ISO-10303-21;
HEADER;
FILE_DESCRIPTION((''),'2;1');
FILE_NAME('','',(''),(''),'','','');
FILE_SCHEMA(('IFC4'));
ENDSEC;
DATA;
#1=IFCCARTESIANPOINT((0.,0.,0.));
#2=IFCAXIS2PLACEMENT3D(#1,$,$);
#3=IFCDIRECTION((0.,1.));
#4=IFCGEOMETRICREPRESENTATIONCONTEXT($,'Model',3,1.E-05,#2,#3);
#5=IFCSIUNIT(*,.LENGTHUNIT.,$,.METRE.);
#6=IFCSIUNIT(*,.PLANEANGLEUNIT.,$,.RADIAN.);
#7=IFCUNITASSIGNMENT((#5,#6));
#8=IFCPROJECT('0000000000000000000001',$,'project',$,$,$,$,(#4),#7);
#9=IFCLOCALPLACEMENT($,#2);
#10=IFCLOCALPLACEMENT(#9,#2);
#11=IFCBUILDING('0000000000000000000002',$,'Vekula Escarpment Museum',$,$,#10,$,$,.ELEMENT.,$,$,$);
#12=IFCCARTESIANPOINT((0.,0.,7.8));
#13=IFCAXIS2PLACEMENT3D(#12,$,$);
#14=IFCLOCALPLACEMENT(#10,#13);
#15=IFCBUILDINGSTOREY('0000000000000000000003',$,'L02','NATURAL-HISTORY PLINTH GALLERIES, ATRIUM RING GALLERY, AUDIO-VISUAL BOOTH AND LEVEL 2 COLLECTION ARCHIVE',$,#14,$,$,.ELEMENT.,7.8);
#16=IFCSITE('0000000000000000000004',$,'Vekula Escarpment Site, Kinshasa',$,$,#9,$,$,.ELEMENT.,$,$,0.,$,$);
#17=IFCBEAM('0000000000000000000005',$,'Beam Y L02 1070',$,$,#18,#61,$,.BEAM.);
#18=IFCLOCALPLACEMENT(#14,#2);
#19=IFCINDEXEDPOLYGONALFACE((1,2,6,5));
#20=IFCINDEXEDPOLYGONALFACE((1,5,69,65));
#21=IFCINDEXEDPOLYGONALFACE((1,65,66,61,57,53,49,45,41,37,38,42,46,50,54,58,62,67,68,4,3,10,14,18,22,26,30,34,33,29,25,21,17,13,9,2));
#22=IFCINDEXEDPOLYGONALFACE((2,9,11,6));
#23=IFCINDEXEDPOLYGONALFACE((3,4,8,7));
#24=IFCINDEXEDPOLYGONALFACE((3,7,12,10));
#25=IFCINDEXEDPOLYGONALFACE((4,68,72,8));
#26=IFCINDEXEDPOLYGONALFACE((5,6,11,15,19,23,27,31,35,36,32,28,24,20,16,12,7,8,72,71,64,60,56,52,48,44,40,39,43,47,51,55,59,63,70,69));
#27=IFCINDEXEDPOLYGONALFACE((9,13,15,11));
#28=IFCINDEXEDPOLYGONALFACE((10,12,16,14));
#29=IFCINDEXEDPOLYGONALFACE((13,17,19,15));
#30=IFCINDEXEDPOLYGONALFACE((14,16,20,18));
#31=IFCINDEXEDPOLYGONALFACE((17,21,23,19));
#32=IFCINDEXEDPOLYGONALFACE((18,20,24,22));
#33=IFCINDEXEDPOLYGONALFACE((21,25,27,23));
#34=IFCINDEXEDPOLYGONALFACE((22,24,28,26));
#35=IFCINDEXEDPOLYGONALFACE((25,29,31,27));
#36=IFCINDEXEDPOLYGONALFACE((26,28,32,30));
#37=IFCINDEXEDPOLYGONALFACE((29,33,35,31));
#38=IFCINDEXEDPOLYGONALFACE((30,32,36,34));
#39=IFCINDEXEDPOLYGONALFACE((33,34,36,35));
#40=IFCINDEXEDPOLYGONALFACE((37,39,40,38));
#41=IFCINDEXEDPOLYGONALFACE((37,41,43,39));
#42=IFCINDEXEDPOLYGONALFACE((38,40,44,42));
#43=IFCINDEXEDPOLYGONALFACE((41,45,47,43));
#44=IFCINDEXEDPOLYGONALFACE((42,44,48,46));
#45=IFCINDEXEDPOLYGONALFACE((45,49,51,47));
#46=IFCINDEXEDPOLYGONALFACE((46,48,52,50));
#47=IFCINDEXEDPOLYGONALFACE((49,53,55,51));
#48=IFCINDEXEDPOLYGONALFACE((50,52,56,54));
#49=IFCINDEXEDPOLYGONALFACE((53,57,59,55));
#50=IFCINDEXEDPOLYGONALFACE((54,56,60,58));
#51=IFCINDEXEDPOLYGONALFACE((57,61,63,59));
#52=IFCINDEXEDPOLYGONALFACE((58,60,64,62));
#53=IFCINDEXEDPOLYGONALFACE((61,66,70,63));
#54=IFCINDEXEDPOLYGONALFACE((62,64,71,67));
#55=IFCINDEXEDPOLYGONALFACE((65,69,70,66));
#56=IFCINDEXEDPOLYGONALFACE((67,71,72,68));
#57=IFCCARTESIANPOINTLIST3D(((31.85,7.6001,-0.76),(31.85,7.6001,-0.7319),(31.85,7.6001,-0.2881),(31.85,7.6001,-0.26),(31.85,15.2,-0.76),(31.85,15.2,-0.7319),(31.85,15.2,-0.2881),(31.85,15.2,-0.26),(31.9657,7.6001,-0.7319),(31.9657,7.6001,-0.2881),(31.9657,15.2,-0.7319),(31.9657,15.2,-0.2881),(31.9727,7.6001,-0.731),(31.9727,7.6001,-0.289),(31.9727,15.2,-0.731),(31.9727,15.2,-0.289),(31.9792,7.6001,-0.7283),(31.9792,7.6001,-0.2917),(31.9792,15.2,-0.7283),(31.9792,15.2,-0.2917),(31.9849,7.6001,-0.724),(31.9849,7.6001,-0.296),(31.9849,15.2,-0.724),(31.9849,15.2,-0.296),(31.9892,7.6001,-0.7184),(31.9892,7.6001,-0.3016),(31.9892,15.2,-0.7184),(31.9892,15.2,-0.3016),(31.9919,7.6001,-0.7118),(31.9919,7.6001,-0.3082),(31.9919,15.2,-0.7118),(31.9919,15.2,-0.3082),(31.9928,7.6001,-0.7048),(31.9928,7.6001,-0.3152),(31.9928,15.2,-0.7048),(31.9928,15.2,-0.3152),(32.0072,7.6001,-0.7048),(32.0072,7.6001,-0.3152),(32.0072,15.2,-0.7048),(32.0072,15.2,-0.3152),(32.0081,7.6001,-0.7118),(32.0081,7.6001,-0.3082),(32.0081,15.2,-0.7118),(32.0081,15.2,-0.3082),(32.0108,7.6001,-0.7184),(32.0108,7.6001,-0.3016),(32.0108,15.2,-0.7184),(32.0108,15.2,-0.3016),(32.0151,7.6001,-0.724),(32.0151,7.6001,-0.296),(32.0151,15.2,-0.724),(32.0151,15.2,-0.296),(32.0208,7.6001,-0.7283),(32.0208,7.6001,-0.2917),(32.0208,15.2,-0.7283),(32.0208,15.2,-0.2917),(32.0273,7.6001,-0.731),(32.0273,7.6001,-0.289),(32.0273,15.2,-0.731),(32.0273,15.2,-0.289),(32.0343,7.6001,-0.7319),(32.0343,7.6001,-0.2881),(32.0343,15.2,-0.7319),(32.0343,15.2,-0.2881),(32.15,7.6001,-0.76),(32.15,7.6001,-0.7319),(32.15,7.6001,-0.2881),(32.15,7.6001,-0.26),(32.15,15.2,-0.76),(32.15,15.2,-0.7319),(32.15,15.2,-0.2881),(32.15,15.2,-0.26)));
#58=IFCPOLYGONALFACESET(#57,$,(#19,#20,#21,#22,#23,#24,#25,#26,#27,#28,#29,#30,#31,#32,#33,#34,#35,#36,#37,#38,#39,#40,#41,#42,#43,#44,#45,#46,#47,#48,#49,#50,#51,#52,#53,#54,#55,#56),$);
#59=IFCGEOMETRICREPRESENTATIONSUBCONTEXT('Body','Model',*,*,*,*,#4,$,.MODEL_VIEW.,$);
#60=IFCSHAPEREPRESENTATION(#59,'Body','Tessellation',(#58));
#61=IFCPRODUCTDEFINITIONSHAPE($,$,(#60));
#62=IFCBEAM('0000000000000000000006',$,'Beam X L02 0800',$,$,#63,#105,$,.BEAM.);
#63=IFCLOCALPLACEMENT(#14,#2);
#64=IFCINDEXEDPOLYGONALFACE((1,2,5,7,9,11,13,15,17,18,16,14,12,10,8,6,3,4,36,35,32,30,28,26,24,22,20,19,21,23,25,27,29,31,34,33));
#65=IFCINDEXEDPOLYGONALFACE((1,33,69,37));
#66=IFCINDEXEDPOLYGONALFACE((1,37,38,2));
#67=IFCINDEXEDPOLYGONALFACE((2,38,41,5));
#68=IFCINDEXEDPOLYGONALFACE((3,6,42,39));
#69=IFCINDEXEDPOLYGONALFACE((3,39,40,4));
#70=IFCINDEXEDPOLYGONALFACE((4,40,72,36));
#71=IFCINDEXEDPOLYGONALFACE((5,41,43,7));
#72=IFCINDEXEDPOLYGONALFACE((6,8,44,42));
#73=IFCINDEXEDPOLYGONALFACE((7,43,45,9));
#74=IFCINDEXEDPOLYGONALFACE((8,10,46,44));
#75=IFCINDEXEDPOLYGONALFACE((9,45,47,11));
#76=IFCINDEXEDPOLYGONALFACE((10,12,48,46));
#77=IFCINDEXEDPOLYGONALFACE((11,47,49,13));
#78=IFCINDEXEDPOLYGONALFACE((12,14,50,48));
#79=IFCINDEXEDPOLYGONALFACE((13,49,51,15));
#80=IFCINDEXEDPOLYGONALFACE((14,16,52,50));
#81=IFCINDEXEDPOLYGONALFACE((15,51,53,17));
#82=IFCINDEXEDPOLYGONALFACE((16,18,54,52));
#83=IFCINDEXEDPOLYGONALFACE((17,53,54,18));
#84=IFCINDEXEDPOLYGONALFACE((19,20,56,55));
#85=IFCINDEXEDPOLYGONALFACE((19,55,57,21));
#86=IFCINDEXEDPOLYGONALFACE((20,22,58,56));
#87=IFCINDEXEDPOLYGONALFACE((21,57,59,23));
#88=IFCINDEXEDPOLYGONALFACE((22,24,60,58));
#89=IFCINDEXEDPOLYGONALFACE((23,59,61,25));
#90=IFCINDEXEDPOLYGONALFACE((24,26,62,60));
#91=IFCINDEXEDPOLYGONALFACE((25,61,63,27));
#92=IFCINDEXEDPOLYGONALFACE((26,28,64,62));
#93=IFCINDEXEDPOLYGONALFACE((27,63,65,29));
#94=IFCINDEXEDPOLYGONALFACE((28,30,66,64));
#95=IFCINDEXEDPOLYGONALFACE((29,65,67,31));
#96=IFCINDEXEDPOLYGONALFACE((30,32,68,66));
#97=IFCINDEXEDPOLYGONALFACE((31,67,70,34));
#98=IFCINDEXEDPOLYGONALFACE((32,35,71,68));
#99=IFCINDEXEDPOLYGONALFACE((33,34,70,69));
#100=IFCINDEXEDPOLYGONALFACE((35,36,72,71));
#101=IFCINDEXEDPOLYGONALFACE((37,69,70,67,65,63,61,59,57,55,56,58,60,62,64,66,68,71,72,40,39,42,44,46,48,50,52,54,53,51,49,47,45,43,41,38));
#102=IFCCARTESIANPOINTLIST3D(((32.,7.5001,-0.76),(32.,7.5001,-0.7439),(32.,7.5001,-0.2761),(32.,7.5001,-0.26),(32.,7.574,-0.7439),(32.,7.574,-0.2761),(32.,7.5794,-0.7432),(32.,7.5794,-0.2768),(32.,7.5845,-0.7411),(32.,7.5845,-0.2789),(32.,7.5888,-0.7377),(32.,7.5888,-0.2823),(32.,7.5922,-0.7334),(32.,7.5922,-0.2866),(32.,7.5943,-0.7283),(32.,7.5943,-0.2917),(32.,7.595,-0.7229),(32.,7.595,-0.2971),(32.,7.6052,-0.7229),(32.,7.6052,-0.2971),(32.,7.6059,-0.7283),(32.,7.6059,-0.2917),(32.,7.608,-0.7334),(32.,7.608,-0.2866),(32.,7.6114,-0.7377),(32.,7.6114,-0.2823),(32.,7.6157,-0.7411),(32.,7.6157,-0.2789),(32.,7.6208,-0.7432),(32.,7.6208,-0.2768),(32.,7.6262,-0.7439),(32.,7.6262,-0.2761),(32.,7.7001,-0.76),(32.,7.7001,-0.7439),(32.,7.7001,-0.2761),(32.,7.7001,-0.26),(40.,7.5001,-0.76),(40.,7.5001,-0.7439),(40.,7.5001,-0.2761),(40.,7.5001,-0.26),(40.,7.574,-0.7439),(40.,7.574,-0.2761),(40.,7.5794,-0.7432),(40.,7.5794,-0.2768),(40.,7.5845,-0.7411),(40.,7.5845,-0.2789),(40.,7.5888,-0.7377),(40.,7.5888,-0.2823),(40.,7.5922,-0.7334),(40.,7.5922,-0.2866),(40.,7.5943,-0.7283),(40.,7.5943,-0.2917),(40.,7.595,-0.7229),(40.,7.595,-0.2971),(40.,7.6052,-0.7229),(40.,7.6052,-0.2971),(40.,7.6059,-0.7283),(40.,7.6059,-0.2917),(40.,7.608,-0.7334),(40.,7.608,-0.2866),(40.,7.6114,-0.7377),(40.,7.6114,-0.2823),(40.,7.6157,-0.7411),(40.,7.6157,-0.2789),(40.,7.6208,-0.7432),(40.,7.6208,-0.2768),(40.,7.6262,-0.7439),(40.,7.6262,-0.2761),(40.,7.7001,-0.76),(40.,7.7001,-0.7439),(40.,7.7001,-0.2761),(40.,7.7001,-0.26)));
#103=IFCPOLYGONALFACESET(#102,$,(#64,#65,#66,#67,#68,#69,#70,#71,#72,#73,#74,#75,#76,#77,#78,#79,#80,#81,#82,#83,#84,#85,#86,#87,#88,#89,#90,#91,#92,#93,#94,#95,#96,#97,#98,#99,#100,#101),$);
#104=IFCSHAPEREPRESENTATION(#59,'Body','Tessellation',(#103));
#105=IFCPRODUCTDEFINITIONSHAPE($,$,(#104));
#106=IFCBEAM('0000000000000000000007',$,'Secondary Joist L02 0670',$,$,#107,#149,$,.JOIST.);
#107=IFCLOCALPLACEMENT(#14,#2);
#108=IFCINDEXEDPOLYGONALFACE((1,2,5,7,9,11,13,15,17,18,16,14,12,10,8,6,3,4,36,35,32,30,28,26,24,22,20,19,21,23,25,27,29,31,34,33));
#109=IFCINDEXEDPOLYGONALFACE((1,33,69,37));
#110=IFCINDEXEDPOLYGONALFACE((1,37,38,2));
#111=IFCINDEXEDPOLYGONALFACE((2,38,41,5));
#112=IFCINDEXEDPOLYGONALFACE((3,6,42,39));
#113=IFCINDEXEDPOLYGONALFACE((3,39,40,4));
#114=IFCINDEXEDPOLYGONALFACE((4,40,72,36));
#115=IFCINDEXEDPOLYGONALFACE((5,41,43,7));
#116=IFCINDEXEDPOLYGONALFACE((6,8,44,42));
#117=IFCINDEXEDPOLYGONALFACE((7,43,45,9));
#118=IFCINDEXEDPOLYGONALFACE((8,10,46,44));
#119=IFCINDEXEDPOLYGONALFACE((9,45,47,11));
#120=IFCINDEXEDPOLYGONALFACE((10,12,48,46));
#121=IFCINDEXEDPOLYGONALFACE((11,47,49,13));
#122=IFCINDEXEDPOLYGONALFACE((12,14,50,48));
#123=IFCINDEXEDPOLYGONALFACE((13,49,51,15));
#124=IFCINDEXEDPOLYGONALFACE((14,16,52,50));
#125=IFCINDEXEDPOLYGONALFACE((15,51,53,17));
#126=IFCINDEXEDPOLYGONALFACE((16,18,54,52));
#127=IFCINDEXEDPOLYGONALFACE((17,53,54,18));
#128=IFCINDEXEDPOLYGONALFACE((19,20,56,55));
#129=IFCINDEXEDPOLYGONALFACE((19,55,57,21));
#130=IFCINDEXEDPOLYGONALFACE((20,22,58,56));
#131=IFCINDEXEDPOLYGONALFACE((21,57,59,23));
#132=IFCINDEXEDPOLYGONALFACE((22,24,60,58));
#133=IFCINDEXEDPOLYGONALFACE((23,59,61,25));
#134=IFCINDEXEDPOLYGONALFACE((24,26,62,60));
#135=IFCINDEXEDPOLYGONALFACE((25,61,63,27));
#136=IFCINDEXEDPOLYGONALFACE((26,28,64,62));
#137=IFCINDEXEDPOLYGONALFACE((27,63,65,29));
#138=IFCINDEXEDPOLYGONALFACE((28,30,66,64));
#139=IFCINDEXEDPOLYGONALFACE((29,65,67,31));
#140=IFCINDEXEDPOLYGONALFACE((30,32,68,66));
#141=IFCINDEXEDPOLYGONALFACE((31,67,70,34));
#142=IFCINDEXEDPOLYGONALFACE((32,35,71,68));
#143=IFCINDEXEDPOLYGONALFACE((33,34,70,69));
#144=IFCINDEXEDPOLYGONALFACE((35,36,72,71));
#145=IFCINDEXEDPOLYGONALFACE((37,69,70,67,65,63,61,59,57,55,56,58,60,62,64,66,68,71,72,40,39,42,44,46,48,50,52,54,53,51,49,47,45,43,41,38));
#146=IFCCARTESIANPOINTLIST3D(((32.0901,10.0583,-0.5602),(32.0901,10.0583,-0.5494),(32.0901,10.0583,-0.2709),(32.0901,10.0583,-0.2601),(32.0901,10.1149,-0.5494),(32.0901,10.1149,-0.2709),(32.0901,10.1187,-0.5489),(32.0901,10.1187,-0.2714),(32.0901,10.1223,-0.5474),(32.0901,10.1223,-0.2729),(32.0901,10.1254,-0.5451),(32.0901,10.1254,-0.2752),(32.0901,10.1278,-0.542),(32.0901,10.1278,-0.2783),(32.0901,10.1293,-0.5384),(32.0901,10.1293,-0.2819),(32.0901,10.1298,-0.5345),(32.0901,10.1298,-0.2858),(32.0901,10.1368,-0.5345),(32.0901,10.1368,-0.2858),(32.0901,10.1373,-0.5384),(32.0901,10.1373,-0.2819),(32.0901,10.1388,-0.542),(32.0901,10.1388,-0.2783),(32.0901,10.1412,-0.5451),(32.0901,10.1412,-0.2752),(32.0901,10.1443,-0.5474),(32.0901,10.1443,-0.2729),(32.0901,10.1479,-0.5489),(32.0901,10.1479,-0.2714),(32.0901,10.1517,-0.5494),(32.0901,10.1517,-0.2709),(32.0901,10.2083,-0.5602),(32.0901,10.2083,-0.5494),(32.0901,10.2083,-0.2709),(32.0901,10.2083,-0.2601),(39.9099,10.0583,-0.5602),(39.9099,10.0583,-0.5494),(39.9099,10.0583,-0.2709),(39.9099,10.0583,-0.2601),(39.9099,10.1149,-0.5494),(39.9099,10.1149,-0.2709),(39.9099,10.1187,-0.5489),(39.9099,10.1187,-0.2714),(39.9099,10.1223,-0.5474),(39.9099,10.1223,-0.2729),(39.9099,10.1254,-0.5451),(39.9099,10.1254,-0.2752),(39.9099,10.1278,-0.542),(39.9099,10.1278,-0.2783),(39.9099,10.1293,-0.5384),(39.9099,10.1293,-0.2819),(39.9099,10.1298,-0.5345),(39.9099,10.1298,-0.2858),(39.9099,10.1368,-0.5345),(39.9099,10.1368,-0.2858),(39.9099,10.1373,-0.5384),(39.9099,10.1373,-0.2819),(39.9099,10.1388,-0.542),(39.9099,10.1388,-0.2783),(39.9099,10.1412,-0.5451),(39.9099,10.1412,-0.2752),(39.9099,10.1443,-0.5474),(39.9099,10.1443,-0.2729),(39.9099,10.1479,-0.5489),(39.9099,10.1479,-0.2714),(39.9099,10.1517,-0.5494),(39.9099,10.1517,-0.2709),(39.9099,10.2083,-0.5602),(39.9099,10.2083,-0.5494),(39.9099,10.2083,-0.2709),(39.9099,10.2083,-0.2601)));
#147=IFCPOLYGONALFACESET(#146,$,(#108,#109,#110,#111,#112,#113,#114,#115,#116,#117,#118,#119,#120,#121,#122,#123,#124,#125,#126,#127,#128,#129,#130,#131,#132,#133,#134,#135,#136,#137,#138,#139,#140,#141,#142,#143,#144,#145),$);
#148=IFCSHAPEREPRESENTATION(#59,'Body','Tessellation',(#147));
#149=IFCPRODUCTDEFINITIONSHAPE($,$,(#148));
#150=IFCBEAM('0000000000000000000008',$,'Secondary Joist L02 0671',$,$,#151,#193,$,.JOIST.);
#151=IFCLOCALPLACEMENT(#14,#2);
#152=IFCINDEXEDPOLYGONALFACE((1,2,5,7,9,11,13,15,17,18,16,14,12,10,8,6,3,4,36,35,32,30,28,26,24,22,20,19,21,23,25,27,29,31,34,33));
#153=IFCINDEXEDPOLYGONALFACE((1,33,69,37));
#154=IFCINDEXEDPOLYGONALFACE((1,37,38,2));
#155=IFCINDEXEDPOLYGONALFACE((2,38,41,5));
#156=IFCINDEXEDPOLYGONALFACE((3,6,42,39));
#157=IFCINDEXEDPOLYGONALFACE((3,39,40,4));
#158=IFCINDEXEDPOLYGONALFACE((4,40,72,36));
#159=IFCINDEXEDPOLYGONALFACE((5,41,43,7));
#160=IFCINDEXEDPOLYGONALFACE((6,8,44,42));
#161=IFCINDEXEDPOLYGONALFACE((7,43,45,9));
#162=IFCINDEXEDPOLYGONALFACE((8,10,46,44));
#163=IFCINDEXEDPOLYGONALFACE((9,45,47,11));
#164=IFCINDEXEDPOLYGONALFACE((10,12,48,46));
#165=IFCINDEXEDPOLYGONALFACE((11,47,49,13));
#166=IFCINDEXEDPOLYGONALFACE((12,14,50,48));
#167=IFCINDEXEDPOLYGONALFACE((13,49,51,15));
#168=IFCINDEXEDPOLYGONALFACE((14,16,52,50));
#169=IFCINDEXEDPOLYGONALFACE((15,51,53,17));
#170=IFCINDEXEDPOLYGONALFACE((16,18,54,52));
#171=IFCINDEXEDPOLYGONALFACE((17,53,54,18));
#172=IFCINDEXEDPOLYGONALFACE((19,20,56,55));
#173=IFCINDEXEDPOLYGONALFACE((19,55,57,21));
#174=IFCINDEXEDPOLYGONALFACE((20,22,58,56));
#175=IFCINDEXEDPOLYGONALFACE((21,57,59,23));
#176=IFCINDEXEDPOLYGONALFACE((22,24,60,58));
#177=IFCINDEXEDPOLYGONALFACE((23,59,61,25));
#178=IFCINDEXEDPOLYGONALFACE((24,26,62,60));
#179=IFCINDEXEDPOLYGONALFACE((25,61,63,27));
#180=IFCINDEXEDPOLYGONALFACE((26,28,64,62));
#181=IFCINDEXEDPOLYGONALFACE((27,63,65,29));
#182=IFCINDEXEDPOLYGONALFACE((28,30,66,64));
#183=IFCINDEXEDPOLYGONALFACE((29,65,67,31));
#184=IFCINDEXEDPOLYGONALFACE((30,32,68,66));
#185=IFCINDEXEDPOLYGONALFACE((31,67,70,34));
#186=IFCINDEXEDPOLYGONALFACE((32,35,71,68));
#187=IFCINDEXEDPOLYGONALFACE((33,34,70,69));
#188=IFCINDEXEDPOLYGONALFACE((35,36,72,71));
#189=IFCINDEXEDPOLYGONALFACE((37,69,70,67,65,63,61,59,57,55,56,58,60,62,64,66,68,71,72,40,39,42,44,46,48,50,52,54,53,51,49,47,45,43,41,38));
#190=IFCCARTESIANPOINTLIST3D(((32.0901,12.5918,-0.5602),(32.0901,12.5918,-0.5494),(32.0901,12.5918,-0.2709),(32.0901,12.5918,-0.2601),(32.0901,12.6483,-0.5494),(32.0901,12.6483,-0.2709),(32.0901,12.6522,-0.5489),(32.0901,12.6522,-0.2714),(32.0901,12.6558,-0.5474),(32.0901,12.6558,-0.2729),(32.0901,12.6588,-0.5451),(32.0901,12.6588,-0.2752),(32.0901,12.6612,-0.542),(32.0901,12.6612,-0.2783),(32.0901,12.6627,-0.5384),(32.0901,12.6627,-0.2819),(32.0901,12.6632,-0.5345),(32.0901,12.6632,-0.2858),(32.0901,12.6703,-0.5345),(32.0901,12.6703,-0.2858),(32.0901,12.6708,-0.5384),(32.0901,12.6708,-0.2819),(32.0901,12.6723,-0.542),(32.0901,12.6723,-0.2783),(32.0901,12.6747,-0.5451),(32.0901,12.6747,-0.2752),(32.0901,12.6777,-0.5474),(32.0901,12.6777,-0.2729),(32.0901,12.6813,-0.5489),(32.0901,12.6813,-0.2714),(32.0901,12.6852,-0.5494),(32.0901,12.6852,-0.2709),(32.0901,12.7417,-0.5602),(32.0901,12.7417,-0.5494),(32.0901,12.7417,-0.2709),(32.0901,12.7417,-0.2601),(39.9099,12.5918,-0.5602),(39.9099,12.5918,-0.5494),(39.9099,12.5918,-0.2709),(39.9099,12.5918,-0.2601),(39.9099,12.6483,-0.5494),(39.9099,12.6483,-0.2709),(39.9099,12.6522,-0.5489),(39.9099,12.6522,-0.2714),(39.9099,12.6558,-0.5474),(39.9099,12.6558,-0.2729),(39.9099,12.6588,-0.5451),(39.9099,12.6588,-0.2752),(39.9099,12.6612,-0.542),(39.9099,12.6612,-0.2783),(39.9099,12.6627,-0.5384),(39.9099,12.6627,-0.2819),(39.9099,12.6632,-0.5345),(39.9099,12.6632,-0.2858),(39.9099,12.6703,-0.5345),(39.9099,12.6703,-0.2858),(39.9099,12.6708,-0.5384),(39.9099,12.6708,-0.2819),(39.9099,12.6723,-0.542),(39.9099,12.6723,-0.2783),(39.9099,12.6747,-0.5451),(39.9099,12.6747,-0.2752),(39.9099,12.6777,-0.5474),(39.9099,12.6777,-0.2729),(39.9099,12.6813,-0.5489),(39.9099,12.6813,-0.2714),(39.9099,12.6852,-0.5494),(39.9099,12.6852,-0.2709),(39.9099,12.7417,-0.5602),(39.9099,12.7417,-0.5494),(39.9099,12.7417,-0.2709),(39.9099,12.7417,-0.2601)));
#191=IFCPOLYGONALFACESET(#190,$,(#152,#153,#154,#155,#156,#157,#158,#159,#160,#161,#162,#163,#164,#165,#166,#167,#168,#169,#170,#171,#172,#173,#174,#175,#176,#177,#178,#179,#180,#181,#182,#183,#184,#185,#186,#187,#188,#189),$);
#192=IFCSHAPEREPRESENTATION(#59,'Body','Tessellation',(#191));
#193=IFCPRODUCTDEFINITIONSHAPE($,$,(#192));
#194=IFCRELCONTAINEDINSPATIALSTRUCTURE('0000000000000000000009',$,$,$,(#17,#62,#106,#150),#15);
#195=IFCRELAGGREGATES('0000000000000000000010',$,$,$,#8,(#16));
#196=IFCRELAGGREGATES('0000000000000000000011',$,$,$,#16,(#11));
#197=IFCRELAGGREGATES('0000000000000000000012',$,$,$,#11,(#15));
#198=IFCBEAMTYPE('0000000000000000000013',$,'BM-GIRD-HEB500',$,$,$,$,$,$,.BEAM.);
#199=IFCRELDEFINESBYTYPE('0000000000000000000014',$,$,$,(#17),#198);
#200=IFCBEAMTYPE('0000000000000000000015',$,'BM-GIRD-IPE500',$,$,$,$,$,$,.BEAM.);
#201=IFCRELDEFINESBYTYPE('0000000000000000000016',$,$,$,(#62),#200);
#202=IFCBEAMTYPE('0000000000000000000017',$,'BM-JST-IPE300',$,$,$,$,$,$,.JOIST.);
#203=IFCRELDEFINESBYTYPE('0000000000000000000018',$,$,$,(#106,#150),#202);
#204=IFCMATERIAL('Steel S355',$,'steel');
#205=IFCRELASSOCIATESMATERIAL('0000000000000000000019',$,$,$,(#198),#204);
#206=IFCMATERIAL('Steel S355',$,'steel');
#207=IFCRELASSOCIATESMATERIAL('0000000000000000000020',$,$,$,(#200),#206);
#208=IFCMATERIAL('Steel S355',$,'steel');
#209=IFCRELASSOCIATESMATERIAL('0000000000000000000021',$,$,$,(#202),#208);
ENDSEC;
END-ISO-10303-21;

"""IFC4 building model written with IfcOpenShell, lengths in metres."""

from ifc_helpers import new_model, si_unit, direction, frame, origin, origin_2d, place, context, subcontext, project, spatial, i_section, extrude, material, material_profile, profile_set, type_object, element, save


model = new_model("IFC4")

# Units and contexts
model_context = context("Model", 3, precision=1e-05, world=origin(), true_north=direction((0.0, 1.0)))
body_context = subcontext(model_context, "Body", "Model", "MODEL_VIEW")
ifc_project = project(units=[si_unit("LENGTHUNIT", "METRE"), si_unit("PLANEANGLEUNIT", "RADIAN")], contexts=[model_context])

# Site, building, storey
site_placement = place(None, origin())
site = spatial("IfcSite", under=ifc_project, at=site_placement, Name="Vekula Escarpment Site, Kinshasa", CompositionType="ELEMENT", RefElevation=0.0)
building_placement = place(site_placement, origin())
building = spatial("IfcBuilding", under=site, at=building_placement, Name="Vekula Escarpment Museum", CompositionType="ELEMENT")
storey_placement = place(building_placement, frame((0.0, 0.0, 7.8)))
storey = spatial("IfcBuildingStorey", under=building, at=storey_placement, Name="L02", Description="NATURAL-HISTORY PLINTH GALLERIES, ATRIUM RING GALLERY, AUDIO-VISUAL BOOTH AND LEVEL 2 COLLECTION ARCHIVE", CompositionType="ELEMENT", Elevation=7.8)

# Beams
ifc_material_1 = material(Name="Steel S355", Category="steel")
ifc_material_profile_1 = material_profile(ifc_material_1, i_section(OverallWidth=0.3, OverallDepth=0.5, WebThickness=0.0144, FlangeThickness=0.0281, FilletRadius=0.0271, at=origin_2d()), Name="HEB 500")
ifc_profile_set_1 = profile_set([ifc_material_profile_1], Name="Steel S355")
beam_type_1 = type_object("IfcBeamType", Name="BM-GIRD-HEB500", PredefinedType="BEAM", material=ifc_profile_set_1)
beam_1_placement = place(storey_placement, frame((32.0, 7.6001, -0.51), z_axis=(0.0, 1.0, 0.0), x_axis=(-1.0, 0.0, 0.0)))
element("IfcBeam", 1, at=beam_1_placement, inside=storey, type_object=beam_type_1, Name="Beam Y L02 1070", PredefinedType="BEAM", context=body_context, shape_type="SweptSolid", body=[
    extrude(i_section(OverallWidth=0.3, OverallDepth=0.5, WebThickness=0.0144, FlangeThickness=0.0281, FilletRadius=0.0271, at=origin_2d()), origin(), (0.0, 0.0, 1.0), 7.5999),
])
ifc_material_2 = material(Name="Steel S355", Category="steel")
ifc_material_profile_2 = material_profile(ifc_material_2, i_section(OverallWidth=0.2, OverallDepth=0.5, WebThickness=0.0103, FlangeThickness=0.0161, FilletRadius=0.021, at=origin_2d()), Name="IPE 500")
ifc_profile_set_2 = profile_set([ifc_material_profile_2], Name="Steel S355")
beam_type_2 = type_object("IfcBeamType", Name="BM-GIRD-IPE500", PredefinedType="BEAM", material=ifc_profile_set_2)
beam_2_placement = place(storey_placement, frame((32.0, 7.6001, -0.51), z_axis=(1.0, 0.0, 0.0), x_axis=(0.0, 1.0, 0.0)))
element("IfcBeam", 2, at=beam_2_placement, inside=storey, type_object=beam_type_2, Name="Beam X L02 0800", PredefinedType="BEAM", context=body_context, shape_type="SweptSolid", body=[
    extrude(i_section(OverallWidth=0.2, OverallDepth=0.5, WebThickness=0.0103, FlangeThickness=0.0161, FilletRadius=0.021, at=origin_2d()), origin(), (0.0, 0.0, 1.0), 8.0),
])
ifc_material_3 = material(Name="Steel S355", Category="steel")
ifc_material_profile_3 = material_profile(ifc_material_3, i_section(OverallWidth=0.1499, OverallDepth=0.3, WebThickness=0.0071, FlangeThickness=0.0107, FilletRadius=0.0149, at=origin_2d()), Name="IPE 300")
ifc_profile_set_3 = profile_set([ifc_material_profile_3], Name="Steel S355")
beam_type_3 = type_object("IfcBeamType", Name="BM-JST-IPE300", PredefinedType="JOIST", material=ifc_profile_set_3)
for number, where, z_axis, x_axis, name in (
    (3, (32.0901, 10.1333, -0.4102), (1.0, 0.0, 0.0), (0.0, 1.0, 0.0), "Secondary Joist L02 0670"),
    (4, (32.0901, 12.6667, -0.4102), (1.0, 0.0, 0.0), (0.0, 1.0, 0.0), "Secondary Joist L02 0671"),
):
    element("IfcBeam", number, at=place(storey_placement, frame(where, z_axis=z_axis, x_axis=x_axis)), inside=storey, type_object=beam_type_3, Name=name, PredefinedType="JOIST", context=body_context, shape_type="SweptSolid", body=[
        extrude(i_section(OverallWidth=0.1499, OverallDepth=0.3, WebThickness=0.0071, FlangeThickness=0.0107, FilletRadius=0.0149, at=origin_2d()), origin(), (0.0, 0.0, 1.0), 7.8198),
    ])

save(model, "model.ifc")
